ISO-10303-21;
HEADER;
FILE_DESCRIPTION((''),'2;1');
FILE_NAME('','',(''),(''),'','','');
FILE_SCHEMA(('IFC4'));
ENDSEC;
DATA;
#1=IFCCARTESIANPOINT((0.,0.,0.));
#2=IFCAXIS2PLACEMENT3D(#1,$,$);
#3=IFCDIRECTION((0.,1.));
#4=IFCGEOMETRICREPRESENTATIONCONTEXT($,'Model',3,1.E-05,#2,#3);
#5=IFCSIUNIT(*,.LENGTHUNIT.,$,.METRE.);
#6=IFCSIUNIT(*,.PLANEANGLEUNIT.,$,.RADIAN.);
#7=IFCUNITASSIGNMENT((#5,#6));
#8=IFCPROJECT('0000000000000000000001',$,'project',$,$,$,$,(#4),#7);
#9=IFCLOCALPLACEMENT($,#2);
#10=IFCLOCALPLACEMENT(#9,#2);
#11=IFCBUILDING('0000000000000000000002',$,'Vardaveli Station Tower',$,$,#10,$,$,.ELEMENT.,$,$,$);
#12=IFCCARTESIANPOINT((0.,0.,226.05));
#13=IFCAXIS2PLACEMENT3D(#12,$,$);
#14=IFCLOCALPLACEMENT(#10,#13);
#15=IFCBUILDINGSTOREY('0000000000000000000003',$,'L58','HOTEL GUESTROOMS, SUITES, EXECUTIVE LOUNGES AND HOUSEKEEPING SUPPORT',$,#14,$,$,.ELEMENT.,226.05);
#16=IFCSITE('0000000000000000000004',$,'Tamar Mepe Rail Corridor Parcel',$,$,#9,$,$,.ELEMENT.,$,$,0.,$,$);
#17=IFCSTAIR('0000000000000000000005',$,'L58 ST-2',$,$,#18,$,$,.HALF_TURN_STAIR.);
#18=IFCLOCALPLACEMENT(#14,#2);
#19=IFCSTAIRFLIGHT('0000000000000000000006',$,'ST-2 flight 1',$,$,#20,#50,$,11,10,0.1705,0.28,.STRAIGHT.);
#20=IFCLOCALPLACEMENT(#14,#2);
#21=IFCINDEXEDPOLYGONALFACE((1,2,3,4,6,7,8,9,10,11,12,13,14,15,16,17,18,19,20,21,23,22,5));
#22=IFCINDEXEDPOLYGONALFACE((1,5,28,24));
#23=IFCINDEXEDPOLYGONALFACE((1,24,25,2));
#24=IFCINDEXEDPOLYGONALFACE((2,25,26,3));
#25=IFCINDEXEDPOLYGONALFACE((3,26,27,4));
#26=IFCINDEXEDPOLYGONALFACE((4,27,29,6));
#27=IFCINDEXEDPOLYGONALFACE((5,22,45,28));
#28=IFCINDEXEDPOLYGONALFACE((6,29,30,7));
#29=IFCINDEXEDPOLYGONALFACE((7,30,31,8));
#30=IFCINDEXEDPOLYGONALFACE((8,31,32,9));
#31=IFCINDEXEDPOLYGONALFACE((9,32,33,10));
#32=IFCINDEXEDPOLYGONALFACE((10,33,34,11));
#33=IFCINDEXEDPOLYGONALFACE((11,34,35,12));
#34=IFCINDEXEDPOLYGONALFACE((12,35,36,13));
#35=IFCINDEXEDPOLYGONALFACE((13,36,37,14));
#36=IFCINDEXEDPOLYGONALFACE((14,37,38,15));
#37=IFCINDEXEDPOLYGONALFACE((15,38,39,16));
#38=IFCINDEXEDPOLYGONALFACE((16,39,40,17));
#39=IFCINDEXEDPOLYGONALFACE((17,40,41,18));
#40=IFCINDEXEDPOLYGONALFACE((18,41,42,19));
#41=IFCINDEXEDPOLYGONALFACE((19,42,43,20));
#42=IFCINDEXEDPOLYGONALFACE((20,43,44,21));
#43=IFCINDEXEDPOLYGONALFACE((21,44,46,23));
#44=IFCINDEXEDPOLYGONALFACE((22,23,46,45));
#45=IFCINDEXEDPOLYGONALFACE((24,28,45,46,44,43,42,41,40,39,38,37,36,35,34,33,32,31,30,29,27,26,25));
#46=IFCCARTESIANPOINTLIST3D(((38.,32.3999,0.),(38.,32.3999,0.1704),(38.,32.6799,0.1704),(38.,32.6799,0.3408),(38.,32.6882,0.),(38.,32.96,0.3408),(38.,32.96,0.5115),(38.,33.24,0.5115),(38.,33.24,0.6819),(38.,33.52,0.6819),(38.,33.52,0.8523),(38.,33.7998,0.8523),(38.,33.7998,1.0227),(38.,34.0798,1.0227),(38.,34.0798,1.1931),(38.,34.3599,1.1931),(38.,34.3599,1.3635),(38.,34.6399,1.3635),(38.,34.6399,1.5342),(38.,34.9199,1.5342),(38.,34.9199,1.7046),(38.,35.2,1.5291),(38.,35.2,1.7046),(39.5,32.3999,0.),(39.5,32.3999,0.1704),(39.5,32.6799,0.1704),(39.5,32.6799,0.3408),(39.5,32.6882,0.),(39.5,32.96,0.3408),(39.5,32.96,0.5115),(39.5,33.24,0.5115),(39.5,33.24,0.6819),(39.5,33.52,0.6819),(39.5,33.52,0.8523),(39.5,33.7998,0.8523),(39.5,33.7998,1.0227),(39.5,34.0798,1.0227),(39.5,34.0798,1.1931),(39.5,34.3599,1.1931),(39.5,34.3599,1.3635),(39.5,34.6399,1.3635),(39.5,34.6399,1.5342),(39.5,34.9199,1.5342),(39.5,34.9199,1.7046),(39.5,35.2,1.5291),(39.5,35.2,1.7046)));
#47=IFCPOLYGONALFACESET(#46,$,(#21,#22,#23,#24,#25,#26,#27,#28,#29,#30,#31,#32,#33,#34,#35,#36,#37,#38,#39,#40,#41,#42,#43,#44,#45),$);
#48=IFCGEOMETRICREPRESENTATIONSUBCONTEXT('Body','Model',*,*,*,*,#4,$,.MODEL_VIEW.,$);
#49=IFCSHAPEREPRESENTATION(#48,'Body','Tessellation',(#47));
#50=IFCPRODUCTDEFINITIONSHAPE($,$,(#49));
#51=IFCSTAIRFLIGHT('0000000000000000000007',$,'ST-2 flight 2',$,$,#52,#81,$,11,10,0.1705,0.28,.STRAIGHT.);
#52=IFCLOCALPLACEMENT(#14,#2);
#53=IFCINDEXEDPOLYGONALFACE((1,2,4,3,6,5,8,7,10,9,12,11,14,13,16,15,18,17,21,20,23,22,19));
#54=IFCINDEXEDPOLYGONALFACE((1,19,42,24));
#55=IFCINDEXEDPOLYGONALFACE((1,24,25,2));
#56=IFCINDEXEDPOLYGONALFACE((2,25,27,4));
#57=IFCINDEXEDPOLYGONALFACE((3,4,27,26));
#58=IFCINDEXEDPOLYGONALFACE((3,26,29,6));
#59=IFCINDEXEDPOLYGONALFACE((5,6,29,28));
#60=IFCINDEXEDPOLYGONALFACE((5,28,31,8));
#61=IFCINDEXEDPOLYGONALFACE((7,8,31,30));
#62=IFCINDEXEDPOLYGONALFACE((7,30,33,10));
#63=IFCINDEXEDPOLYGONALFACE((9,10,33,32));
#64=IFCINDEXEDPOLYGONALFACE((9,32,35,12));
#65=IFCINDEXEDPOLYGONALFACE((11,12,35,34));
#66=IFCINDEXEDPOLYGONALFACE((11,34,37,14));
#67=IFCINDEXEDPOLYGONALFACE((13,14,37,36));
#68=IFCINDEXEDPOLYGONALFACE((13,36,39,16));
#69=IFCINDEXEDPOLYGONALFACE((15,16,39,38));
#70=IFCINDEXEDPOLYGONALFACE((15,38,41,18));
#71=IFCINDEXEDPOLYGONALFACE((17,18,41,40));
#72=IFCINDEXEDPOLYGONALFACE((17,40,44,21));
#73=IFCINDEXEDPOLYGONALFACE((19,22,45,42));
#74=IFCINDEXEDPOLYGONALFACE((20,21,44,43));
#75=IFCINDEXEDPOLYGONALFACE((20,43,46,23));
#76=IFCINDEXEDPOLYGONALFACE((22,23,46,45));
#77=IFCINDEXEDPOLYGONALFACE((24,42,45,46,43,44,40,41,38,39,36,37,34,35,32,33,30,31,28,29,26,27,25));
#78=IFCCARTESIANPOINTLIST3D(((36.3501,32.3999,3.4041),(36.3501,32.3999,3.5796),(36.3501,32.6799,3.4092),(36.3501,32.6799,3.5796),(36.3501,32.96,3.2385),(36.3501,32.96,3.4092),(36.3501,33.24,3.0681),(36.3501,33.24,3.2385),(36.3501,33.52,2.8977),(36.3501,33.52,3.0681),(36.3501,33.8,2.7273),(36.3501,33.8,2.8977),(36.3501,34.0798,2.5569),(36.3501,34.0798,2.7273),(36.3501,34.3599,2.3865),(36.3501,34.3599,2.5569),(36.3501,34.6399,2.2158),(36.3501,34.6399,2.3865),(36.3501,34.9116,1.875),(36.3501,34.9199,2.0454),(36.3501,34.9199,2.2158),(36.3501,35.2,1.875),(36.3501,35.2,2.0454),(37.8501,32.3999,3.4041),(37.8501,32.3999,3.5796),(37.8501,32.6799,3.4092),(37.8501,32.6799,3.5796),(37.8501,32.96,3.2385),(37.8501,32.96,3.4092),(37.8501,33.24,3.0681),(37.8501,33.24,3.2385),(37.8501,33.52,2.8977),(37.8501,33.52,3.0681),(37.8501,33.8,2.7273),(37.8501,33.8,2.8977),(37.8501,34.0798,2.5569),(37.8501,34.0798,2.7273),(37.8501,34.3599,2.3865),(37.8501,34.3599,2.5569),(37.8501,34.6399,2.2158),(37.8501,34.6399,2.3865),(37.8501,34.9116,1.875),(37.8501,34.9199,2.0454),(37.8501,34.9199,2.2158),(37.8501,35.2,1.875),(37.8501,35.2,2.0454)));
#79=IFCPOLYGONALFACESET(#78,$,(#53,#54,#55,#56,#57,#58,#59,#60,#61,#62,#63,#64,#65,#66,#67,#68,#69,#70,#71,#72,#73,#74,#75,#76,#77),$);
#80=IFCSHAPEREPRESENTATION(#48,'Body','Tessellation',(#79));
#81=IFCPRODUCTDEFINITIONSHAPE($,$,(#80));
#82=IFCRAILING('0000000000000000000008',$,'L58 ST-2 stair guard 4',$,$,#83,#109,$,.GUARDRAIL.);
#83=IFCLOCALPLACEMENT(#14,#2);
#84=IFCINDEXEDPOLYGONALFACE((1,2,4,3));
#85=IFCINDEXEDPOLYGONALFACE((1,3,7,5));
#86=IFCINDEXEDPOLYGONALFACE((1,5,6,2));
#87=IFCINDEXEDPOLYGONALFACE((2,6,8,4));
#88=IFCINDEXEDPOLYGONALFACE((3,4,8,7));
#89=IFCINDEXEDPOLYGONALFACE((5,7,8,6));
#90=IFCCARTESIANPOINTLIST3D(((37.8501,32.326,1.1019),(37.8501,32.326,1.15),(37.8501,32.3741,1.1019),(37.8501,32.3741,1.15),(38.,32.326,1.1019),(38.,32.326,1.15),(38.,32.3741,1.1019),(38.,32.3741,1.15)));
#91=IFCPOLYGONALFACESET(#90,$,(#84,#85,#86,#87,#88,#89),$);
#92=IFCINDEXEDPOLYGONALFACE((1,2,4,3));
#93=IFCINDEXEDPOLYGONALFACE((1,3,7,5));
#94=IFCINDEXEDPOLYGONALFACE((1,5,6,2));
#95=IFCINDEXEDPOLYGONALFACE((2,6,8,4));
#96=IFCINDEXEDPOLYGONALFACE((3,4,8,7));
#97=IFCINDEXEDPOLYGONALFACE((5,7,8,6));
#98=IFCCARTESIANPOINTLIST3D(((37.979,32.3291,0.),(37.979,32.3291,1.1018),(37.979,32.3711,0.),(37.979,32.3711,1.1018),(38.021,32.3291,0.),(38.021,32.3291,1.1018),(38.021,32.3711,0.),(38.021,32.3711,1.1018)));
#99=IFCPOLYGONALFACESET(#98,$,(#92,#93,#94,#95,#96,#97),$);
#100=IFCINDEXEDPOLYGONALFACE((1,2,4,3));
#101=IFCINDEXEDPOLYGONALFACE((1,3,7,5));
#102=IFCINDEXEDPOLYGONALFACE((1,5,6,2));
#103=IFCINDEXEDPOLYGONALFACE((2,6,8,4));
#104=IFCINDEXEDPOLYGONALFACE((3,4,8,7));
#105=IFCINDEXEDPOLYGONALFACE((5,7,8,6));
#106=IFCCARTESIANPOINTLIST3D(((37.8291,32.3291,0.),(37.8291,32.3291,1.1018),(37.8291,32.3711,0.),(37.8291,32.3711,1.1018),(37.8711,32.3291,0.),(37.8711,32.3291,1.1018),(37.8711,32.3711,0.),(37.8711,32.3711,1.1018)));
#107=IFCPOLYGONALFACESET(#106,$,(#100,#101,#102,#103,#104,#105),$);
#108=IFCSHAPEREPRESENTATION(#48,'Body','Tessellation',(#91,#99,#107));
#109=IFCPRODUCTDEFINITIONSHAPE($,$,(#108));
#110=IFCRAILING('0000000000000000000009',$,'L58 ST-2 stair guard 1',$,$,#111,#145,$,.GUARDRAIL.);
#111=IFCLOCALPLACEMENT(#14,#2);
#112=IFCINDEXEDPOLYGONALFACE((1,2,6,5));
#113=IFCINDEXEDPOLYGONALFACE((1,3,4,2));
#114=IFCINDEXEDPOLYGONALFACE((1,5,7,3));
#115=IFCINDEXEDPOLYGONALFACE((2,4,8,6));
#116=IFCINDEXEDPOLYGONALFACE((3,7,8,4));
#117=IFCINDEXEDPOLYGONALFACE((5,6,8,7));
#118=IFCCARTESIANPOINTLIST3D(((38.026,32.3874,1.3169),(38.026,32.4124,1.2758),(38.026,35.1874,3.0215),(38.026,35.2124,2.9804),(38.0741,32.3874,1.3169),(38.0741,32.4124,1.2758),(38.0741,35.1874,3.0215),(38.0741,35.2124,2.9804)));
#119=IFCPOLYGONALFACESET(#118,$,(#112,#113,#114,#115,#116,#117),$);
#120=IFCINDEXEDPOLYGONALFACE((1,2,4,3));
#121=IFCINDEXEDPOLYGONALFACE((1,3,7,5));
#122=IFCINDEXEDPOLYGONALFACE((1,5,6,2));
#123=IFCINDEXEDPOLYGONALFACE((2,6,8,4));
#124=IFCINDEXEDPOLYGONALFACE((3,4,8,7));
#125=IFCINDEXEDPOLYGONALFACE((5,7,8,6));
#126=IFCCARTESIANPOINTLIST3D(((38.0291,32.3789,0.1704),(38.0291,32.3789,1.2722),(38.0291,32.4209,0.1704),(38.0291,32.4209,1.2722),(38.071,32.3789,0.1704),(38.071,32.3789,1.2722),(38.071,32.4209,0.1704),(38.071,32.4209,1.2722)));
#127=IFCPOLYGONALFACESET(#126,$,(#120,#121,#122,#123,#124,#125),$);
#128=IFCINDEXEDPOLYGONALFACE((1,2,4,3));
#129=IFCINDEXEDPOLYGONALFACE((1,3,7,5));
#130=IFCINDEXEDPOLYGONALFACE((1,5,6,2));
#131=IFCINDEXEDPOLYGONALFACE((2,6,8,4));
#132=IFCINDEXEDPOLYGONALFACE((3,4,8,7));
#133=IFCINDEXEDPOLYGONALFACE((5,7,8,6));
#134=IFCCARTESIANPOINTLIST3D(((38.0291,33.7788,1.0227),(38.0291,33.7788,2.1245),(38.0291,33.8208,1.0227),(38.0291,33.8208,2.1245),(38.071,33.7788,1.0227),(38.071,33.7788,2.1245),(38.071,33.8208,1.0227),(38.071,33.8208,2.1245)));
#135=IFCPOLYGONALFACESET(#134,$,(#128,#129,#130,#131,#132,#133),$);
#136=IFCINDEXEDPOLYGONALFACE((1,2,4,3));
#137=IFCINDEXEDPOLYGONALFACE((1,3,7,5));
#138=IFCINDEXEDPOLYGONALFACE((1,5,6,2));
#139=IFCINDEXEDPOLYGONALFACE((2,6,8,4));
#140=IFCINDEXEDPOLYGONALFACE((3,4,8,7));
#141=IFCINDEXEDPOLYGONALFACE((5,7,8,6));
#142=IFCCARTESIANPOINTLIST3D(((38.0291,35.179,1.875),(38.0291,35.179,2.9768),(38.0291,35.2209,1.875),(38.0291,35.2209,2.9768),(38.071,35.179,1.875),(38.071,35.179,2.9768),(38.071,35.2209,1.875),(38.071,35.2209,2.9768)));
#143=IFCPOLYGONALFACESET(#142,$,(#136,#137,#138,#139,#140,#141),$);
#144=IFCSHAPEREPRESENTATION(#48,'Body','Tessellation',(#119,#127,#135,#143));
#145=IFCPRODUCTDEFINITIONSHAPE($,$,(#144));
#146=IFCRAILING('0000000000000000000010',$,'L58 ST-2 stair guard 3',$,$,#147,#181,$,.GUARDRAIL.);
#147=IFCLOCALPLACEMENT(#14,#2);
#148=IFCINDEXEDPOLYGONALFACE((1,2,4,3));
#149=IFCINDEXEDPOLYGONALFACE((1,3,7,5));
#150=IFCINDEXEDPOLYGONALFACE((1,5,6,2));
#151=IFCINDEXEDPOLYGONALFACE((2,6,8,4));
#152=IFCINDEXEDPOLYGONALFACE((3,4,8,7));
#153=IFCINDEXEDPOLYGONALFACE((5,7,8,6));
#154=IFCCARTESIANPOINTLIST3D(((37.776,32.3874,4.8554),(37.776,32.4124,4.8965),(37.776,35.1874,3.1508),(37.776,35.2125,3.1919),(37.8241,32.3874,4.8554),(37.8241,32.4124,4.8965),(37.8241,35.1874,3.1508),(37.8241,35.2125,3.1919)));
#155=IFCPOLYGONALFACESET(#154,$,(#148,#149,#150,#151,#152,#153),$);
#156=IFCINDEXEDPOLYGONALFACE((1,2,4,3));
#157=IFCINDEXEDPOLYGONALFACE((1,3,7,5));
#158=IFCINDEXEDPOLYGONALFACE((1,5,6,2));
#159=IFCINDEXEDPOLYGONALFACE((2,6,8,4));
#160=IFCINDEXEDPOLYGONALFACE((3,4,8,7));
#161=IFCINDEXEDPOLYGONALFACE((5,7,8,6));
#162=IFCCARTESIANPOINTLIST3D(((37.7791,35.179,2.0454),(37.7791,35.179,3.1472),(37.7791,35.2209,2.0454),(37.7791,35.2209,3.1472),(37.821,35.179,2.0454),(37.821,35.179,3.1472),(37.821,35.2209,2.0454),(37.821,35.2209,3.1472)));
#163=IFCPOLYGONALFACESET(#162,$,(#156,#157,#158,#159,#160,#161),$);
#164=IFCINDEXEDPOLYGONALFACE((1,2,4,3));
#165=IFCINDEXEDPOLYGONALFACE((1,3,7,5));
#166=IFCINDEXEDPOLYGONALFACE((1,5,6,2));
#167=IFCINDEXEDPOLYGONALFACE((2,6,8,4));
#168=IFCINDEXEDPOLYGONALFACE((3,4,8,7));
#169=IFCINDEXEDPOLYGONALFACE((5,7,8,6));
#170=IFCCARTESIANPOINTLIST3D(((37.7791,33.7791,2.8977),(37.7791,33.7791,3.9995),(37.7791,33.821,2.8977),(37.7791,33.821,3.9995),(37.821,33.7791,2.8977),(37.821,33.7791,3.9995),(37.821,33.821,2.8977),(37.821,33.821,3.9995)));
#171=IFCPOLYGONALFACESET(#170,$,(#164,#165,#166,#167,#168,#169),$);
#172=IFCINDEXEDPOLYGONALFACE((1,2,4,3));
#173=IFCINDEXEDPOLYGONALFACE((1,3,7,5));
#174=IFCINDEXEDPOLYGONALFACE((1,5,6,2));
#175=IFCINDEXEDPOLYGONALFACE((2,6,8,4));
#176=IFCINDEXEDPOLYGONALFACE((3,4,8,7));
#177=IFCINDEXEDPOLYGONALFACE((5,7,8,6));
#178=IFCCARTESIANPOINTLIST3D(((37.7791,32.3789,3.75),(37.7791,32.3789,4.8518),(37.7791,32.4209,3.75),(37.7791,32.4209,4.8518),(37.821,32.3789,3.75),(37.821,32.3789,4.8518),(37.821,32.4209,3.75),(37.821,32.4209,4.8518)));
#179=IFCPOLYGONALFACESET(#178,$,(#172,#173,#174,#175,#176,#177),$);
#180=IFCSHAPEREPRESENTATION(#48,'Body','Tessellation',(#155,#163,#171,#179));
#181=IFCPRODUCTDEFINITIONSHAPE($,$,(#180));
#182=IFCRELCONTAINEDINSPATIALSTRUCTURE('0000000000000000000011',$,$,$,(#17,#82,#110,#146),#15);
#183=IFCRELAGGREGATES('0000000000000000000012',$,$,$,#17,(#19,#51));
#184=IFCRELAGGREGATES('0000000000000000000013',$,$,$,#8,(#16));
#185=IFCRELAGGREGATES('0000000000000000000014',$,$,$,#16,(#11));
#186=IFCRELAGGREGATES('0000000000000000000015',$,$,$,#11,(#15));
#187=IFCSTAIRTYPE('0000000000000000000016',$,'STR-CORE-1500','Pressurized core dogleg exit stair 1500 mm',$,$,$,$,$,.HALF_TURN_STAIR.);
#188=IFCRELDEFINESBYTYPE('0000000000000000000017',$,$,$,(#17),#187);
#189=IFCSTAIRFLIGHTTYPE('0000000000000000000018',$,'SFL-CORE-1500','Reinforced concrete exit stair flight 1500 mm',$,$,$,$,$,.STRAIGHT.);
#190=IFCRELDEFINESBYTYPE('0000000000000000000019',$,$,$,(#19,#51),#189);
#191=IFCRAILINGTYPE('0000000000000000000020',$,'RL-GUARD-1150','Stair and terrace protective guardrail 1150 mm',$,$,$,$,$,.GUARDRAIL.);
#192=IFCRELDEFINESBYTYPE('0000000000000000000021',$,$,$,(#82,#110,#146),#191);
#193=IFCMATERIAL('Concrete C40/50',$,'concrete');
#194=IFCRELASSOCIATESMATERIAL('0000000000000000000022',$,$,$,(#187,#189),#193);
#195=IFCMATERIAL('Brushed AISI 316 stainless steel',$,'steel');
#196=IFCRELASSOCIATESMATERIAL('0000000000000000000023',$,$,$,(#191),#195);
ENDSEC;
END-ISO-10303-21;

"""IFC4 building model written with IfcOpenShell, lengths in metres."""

from ifc_helpers import new_model, si_unit, direction, frame, origin, origin_2d, place, context, subcontext, project, spatial, polyline, rectangle, outline, extrude, source, transform, mapped, material, type_object, element, aggregate, save


model = new_model("IFC4")

# Units and contexts
model_context = context("Model", 3, precision=1e-05, world=origin(), true_north=direction((0.0, 1.0)))
body_context = subcontext(model_context, "Body", "Model", "MODEL_VIEW")
ifc_project = project(units=[si_unit("LENGTHUNIT", "METRE"), si_unit("PLANEANGLEUNIT", "RADIAN")], contexts=[model_context])

# Site, building, storey
site_placement = place(None, origin())
site = spatial("IfcSite", under=ifc_project, at=site_placement, Name="Tamar Mepe Rail Corridor Parcel", CompositionType="ELEMENT", RefElevation=0.0)
building_placement = place(site_placement, origin())
building = spatial("IfcBuilding", under=site, at=building_placement, Name="Vardaveli Station Tower", CompositionType="ELEMENT")
storey_placement = place(building_placement, frame((0.0, 0.0, 226.05)))
storey = spatial("IfcBuildingStorey", under=building, at=storey_placement, Name="L58", Description="HOTEL GUESTROOMS, SUITES, EXECUTIVE LOUNGES AND HOUSEKEEPING SUPPORT", CompositionType="ELEMENT", Elevation=226.05)

# Shared definitions
ifc_material_1 = material(Name="Concrete C40/50", Category="concrete")

# Stair, stair flights
stair_type = type_object("IfcStairType", Name="STR-CORE-1500", Description="Pressurized core dogleg exit stair 1500 mm", PredefinedType="HALF_TURN_STAIR", material=ifc_material_1)
stair_placement = place(storey_placement, origin())
stair = element("IfcStair", 1, at=stair_placement, inside=storey, type_object=stair_type, Name="L58 ST-2", PredefinedType="HALF_TURN_STAIR")
stair_flight_type = type_object("IfcStairFlightType", Name="SFL-CORE-1500", Description="Reinforced concrete exit stair flight 1500 mm", PredefinedType="STRAIGHT", material=ifc_material_1)
shared_shape_1 = source(origin(), body_context, "Body", "SweptSolid", [
    extrude(outline(polyline([(0.0, 0.0), (0.0, 0.1704), (0.28, 0.1704), (0.28, 0.3408), (0.5601, 0.3408), (0.5601, 0.5115), (0.8401, 0.5115), (0.8401, 0.6819), (1.1201, 0.6819), (1.1201, 0.8523), (1.3999, 0.8523), (1.3999, 1.0227), (1.6799, 1.0227), (1.6799, 1.1931), (1.96, 1.1931), (1.96, 1.3635), (2.24, 1.3635), (2.24, 1.5342), (2.52, 1.5342), (2.52, 1.7046), (2.8, 1.7046), (2.8, 1.875), (2.8, 1.5291), (0.2883, 0.0), (0.0, 0.0)])), frame((0.0, 0.75, 0.0), z_axis=(0.0, -1.0, 0.0), x_axis=(1.0, 0.0, 0.0)), (0.0, 0.0, 1.0), 1.5),
])
stair_flight_1_placement = place(storey_placement, frame((38.75, 32.3999, 0.0), z_axis=(0.0, 0.0, 1.0), x_axis=(0.0, 1.0, 0.0)))
stair_flight_1 = element("IfcStairFlight", 2, at=stair_flight_1_placement, type_object=stair_flight_type, Name="ST-2 flight 1", NumberOfRisers=11, NumberOfTreads=10, PredefinedType="STRAIGHT", RiserHeight=0.1705, TreadLength=0.28, context=body_context, shape_type="MappedRepresentation", body=[
    mapped(shared_shape_1, transform((0.0, 0.0, 0.0), scale=1.0)),
])
stair_flight_2_placement = place(storey_placement, frame((37.1001, 35.2, 1.875), z_axis=(0.0, 0.0, 1.0), x_axis=(0.0, -1.0, 0.0)))
stair_flight_2 = element("IfcStairFlight", 3, at=stair_flight_2_placement, type_object=stair_flight_type, Name="ST-2 flight 2", NumberOfRisers=11, NumberOfTreads=10, PredefinedType="STRAIGHT", RiserHeight=0.1705, TreadLength=0.28, context=body_context, shape_type="MappedRepresentation", body=[
    mapped(shared_shape_1, transform((0.0, 0.0, 0.0), scale=1.0)),
])
aggregate(stair, [stair_flight_1, stair_flight_2])

# Railings
ifc_material_2 = material(Name="Brushed AISI 316 stainless steel", Category="steel")
railing_type_1 = type_object("IfcRailingType", Name="RL-GUARD-1150", Description="Stair and terrace protective guardrail 1150 mm", PredefinedType="GUARDRAIL", material=ifc_material_2)
shared_shape_2 = source(origin(), body_context, "Body", "SweptSolid", [
    extrude(rectangle(XDim=0.0481, YDim=0.0481, at=origin_2d()), frame((0.0, 0.0, 1.126), z_axis=(-1.0, 0.0, 0.0), x_axis=(0.0, -1.0, 0.0)), (0.0, 0.0, 1.0), 0.1499),
    extrude(rectangle(XDim=0.042, YDim=0.042, at=origin_2d()), origin(), (0.0, 0.0, 1.0), 1.1018),
    extrude(rectangle(XDim=0.042, YDim=0.042, at=origin_2d()), frame((-0.1499, 0.0, 0.0)), (0.0, 0.0, 1.0), 1.1018),
])
railing_1_placement = place(storey_placement, frame((38.0, 32.3501, 0.0)))
element("IfcRailing", 4, at=railing_1_placement, inside=storey, type_object=railing_type_1, Name="L58 ST-2 stair guard 4", PredefinedType="GUARDRAIL", context=body_context, shape_type="MappedRepresentation", body=[
    mapped(shared_shape_2, transform((0.0, 0.0, 0.0), scale=1.0)),
])
shared_shape_3 = source(origin(), body_context, "Body", "SweptSolid", [
    extrude(rectangle(XDim=0.0481, YDim=0.0481, at=origin_2d()), frame((0.0, 0.0, 1.126), z_axis=(0.0, 0.85417, 0.519994), x_axis=(-1.0, 0.0, 0.0)), (0.0, 0.0, 1.0), 3.2781),
    extrude(rectangle(XDim=0.042, YDim=0.042, at=origin_2d()), origin(), (0.0, 0.0, 1.0), 1.1018),
    extrude(rectangle(XDim=0.042, YDim=0.042, at=origin_2d()), frame((0.0, 1.3999, 0.8523)), (0.0, 0.0, 1.0), 1.1018),
    extrude(rectangle(XDim=0.042, YDim=0.042, at=origin_2d()), frame((0.0, 2.8, 1.7046)), (0.0, 0.0, 1.0), 1.1018),
])
railing_2_placement = place(storey_placement, frame((38.05, 32.3999, 0.1704)))
element("IfcRailing", 5, at=railing_2_placement, inside=storey, type_object=railing_type_1, Name="L58 ST-2 stair guard 1", PredefinedType="GUARDRAIL", context=body_context, shape_type="MappedRepresentation", body=[
    mapped(shared_shape_3, transform((0.0, 0.0, 0.0), scale=1.0)),
])
shared_shape_4 = source(origin(), body_context, "Body", "SweptSolid", [
    extrude(rectangle(XDim=0.0481, YDim=0.0481, at=origin_2d()), frame((0.0, 0.0, 1.126), z_axis=(0.0, -0.85417, 0.519994), x_axis=(1.0, 0.0, 0.0)), (0.0, 0.0, 1.0), 3.2781),
    extrude(rectangle(XDim=0.042, YDim=0.042, at=origin_2d()), origin(), (0.0, 0.0, 1.0), 1.1018),
    extrude(rectangle(XDim=0.042, YDim=0.042, at=origin_2d()), frame((0.0, -1.3999, 0.8523)), (0.0, 0.0, 1.0), 1.1018),
    extrude(rectangle(XDim=0.042, YDim=0.042, at=origin_2d()), frame((0.0, -2.8, 1.7046)), (0.0, 0.0, 1.0), 1.1018),
])
railing_3_placement = place(storey_placement, frame((37.8, 35.2, 2.0454)))
element("IfcRailing", 6, at=railing_3_placement, inside=storey, type_object=railing_type_1, Name="L58 ST-2 stair guard 3", PredefinedType="GUARDRAIL", context=body_context, shape_type="MappedRepresentation", body=[
    mapped(shared_shape_4, transform((0.0, 0.0, 0.0), scale=1.0)),
])

save(model, "model.ifc")
